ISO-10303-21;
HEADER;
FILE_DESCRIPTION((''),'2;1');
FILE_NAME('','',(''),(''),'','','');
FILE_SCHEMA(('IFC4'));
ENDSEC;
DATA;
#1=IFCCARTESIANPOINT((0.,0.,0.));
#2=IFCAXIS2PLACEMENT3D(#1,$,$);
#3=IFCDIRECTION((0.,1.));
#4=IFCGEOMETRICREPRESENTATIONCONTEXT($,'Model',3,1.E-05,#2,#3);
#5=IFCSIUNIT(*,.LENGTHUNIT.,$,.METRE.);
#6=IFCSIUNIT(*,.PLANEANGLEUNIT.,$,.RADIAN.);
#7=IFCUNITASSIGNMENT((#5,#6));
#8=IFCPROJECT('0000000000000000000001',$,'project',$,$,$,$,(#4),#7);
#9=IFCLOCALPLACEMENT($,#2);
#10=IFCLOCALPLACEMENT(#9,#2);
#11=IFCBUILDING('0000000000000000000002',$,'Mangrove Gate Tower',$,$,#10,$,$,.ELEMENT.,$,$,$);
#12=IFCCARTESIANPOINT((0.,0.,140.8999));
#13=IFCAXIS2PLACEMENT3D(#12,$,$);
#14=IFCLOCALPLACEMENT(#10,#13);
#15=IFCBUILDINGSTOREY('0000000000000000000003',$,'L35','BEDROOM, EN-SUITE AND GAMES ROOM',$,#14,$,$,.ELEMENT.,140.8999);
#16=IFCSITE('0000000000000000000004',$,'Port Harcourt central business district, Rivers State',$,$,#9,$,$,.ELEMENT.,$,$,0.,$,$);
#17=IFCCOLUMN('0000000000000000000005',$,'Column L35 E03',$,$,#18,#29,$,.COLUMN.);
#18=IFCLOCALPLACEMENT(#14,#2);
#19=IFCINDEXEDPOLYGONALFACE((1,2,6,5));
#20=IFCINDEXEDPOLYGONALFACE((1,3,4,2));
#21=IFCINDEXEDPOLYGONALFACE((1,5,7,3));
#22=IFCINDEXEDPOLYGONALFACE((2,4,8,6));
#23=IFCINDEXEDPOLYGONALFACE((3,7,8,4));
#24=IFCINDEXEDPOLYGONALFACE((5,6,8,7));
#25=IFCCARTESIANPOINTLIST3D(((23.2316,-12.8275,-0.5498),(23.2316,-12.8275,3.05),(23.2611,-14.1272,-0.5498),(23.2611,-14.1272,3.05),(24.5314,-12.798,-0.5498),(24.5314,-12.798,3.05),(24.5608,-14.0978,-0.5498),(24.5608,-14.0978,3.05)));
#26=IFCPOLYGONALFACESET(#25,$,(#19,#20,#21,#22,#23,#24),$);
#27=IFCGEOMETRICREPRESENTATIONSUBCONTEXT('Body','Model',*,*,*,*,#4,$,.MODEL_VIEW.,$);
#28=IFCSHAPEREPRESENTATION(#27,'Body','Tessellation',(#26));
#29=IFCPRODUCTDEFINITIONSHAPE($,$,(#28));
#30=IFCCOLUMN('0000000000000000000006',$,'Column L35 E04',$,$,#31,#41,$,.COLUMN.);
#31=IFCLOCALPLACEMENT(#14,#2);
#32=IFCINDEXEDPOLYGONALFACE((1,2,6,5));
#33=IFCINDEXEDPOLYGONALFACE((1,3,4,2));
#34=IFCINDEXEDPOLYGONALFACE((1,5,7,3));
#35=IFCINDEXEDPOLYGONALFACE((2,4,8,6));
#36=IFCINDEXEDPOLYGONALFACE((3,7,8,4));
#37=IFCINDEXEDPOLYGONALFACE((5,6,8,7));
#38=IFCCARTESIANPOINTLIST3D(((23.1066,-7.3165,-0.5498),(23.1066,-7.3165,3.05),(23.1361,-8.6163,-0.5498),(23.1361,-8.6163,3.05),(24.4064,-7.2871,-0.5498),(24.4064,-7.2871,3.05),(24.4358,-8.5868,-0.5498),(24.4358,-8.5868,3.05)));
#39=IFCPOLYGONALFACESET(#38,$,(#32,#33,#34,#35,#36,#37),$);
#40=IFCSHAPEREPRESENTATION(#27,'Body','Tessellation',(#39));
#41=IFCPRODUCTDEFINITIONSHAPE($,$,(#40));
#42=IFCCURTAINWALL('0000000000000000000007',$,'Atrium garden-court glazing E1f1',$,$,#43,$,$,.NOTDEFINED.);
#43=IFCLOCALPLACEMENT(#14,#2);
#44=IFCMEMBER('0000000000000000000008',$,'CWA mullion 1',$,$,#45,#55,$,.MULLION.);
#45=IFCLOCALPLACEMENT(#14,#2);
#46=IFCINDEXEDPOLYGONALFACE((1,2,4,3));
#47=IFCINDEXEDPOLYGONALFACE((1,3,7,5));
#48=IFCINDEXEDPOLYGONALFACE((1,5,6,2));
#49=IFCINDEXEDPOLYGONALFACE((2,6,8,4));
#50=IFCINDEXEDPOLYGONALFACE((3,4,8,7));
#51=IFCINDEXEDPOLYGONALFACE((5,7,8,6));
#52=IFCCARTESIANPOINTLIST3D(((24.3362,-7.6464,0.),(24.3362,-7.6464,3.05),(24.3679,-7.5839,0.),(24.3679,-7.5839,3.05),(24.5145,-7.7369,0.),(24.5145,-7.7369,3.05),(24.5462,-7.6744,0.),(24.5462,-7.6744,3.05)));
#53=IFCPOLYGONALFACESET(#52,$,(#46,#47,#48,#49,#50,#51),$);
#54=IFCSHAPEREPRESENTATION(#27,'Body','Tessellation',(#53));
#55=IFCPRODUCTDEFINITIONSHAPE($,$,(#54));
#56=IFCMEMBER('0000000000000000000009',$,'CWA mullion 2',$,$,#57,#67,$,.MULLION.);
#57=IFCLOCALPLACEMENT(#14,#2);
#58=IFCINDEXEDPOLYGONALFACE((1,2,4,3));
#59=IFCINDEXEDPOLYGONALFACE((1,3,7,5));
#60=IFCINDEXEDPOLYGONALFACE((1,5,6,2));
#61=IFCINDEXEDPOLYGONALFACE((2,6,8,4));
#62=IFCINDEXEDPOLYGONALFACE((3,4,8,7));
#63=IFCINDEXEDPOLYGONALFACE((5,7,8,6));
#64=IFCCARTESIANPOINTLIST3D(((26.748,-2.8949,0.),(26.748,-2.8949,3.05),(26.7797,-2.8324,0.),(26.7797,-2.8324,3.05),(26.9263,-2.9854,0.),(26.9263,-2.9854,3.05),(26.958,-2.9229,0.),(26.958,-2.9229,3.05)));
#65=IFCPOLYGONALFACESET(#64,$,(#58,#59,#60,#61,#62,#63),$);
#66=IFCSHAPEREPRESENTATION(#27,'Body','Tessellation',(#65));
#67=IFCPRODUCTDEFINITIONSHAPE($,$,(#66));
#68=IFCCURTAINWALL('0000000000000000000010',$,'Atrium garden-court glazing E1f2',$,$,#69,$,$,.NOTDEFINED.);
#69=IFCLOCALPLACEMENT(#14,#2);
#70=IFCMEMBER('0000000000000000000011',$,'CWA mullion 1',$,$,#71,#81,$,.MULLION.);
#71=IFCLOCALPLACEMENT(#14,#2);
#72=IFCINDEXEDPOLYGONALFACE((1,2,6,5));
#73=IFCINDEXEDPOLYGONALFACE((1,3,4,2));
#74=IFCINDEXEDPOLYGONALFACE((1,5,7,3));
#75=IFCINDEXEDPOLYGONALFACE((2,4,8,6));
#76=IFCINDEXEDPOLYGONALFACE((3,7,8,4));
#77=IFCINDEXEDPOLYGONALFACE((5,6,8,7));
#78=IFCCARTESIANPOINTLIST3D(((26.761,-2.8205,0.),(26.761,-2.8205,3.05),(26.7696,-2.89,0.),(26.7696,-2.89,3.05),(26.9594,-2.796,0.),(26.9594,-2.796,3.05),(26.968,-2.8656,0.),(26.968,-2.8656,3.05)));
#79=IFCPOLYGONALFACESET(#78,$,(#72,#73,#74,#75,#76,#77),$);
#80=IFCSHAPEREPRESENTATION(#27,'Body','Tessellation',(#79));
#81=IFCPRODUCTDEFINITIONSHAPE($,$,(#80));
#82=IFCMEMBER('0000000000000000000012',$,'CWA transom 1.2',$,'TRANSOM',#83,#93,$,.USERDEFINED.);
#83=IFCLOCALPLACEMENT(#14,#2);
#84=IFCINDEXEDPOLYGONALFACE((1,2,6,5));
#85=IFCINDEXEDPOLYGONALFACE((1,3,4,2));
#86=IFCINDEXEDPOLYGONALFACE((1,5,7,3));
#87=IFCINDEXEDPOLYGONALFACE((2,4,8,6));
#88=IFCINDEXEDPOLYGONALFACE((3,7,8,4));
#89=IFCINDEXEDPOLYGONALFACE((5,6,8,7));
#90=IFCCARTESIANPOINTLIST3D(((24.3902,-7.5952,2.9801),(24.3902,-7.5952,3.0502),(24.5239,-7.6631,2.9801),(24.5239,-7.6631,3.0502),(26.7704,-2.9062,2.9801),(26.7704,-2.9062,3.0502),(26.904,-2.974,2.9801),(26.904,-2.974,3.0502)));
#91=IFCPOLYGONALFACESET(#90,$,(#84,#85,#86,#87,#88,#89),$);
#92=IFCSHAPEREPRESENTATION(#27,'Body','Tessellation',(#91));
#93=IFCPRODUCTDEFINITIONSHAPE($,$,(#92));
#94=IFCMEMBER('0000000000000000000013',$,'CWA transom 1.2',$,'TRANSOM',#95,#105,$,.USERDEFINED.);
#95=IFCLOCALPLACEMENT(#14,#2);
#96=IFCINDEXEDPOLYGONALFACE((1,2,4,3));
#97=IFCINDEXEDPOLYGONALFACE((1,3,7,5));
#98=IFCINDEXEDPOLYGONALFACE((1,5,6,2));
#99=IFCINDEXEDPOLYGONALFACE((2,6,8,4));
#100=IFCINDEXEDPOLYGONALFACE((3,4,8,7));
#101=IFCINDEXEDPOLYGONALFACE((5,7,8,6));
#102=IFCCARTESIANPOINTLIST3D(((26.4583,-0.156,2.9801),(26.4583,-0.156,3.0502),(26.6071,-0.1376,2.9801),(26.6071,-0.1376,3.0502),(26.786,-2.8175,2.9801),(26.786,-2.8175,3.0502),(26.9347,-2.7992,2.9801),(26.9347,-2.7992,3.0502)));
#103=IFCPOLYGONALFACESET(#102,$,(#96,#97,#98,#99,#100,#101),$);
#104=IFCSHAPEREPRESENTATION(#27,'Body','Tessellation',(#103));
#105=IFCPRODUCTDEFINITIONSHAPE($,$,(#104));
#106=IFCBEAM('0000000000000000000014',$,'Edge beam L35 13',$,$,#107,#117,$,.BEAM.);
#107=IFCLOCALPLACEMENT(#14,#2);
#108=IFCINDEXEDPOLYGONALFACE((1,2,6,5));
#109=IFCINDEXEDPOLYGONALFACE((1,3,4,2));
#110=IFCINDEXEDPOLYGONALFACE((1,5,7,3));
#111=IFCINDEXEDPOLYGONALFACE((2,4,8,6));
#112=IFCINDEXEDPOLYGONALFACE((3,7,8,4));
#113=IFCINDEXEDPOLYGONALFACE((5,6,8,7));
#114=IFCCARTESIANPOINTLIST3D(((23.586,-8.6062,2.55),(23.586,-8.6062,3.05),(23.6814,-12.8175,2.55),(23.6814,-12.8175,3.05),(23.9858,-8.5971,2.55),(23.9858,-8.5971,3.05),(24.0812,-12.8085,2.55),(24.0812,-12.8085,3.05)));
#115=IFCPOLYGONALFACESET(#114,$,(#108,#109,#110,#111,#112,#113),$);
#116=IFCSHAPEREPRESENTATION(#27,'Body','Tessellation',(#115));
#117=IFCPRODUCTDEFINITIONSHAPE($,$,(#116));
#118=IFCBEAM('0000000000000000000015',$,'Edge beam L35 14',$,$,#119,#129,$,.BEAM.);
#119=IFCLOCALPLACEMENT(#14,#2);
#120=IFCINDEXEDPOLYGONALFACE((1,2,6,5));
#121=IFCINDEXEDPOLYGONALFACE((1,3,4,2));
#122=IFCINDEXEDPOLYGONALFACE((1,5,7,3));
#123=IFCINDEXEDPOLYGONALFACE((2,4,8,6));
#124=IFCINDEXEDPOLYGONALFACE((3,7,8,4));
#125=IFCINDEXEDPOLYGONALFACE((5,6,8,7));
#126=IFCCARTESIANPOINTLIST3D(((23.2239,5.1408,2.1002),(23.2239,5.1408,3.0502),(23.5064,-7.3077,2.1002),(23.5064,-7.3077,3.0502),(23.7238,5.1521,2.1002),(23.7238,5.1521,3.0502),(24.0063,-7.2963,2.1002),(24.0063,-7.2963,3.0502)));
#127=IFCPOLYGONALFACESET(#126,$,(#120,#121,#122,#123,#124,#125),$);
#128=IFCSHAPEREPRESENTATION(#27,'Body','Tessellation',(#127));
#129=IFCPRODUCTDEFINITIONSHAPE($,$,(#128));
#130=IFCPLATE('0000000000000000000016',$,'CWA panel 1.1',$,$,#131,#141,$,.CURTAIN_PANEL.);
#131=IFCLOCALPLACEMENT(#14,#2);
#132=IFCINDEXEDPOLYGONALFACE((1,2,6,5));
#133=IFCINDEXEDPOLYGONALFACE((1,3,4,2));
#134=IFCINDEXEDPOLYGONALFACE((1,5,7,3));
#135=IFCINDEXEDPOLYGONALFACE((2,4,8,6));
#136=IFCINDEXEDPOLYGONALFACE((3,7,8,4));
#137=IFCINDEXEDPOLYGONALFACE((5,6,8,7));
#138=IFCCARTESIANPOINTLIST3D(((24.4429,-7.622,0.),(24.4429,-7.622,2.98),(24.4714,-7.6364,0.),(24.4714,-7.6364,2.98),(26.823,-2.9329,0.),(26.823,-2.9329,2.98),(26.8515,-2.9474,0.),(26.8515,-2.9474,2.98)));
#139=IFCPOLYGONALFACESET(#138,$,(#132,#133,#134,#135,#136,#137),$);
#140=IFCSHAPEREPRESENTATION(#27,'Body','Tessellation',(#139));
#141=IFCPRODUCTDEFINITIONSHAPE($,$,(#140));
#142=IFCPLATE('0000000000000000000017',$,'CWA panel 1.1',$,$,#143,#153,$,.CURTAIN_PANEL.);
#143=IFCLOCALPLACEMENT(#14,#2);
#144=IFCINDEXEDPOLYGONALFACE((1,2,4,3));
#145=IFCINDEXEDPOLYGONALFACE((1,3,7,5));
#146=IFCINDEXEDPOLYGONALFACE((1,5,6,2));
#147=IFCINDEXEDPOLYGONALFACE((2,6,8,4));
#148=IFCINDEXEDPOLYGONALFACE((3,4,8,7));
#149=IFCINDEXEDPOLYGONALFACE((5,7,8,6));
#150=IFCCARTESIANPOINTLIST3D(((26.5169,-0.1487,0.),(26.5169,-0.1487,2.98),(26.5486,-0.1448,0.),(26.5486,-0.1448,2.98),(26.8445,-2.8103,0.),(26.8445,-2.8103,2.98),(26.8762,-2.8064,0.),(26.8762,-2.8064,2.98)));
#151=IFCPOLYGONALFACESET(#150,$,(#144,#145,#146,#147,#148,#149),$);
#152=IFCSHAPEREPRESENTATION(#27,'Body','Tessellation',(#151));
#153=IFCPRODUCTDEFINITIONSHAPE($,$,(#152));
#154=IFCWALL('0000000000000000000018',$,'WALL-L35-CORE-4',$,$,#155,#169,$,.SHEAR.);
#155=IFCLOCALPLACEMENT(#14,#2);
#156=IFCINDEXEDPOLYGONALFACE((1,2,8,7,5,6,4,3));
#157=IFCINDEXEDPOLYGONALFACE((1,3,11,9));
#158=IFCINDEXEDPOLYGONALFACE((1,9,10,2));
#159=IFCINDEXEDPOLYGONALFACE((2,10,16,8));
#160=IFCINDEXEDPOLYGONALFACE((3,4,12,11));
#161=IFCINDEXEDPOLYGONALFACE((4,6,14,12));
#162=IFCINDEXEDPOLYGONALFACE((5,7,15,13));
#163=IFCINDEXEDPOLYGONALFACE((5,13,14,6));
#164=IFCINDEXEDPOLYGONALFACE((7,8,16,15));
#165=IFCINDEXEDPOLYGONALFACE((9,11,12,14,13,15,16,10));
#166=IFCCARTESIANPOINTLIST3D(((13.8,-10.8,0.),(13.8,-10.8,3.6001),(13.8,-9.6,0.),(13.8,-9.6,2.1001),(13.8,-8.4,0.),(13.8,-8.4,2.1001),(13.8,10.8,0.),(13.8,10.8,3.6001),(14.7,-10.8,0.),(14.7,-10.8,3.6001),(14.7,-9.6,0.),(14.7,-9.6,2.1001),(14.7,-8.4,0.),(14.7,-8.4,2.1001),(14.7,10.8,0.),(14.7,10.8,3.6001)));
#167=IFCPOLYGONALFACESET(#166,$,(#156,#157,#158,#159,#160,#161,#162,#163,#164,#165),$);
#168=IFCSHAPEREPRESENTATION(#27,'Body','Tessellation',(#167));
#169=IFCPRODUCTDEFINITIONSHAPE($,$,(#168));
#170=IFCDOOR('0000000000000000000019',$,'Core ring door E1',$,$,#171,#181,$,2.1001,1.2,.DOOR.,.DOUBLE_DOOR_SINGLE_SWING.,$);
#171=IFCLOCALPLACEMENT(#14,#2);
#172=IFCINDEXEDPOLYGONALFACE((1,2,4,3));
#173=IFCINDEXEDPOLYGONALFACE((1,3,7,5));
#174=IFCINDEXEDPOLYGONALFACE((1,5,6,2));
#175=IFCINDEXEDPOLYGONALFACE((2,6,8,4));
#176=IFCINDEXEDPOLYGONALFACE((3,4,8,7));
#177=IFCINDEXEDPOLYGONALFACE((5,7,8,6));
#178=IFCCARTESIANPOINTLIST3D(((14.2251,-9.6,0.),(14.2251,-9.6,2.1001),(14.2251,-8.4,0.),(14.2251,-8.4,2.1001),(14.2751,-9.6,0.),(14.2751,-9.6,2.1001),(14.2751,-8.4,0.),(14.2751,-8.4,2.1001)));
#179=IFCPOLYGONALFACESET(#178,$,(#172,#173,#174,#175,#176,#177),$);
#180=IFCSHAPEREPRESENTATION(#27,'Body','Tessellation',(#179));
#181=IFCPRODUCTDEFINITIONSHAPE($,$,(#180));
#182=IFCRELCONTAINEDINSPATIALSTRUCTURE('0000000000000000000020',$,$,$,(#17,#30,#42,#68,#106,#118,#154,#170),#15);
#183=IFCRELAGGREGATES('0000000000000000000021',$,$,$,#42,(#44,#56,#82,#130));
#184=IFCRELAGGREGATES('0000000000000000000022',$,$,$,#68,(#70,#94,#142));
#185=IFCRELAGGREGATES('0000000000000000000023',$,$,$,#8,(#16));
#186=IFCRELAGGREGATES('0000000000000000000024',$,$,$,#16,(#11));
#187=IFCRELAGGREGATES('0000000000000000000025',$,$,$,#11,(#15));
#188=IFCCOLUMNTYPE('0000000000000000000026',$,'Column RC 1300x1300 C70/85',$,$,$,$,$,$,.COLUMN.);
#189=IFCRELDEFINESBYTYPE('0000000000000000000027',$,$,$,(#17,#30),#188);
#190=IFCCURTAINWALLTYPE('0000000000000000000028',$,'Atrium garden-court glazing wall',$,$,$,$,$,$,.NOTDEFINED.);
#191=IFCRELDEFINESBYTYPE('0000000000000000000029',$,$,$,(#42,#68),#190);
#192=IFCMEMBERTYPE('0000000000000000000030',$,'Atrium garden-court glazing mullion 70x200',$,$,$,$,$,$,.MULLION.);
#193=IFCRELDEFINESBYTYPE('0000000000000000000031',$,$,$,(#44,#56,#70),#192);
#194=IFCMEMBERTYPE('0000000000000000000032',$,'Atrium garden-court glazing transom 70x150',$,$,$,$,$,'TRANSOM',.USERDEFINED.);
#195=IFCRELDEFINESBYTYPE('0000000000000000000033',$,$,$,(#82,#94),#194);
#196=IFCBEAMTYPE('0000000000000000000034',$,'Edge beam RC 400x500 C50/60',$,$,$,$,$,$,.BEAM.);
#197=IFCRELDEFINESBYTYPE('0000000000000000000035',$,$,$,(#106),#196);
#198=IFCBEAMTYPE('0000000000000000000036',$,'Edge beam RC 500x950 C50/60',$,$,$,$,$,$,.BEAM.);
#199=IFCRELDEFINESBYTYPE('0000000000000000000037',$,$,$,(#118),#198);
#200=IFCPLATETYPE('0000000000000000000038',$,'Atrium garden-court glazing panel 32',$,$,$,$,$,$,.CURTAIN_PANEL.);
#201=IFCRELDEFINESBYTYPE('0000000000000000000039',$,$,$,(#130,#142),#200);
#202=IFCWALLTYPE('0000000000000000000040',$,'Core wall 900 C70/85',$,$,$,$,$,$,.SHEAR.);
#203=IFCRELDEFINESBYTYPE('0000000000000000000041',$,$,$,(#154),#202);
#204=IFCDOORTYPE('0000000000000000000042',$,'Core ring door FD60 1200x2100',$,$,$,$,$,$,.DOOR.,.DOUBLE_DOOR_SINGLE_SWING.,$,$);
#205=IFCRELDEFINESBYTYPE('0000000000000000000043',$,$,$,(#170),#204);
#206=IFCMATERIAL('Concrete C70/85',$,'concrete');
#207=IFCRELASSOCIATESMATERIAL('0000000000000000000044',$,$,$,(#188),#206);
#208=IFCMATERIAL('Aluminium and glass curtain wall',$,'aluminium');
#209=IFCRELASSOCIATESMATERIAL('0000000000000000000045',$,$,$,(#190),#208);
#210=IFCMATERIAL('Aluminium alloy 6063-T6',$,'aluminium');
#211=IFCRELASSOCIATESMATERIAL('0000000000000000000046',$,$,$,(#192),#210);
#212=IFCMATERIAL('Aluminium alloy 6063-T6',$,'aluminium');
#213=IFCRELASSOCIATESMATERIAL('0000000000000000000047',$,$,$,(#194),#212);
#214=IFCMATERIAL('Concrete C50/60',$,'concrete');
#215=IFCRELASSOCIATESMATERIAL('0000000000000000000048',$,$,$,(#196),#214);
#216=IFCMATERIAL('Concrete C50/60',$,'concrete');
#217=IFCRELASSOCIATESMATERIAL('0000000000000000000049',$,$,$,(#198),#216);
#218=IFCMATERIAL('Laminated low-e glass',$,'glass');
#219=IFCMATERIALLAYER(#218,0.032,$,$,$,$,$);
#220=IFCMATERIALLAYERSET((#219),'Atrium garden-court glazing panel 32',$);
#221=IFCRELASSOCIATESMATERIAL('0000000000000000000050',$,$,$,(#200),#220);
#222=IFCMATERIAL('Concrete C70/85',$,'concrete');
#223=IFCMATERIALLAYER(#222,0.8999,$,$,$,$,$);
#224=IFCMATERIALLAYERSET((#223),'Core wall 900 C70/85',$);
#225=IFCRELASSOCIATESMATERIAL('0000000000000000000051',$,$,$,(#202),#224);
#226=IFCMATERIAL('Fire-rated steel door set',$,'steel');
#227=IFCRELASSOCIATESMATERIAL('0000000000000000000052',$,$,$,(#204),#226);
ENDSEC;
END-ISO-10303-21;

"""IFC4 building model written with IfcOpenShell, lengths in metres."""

from ifc_helpers import new_model, si_unit, direction, frame, frame_2d, origin, origin_2d, place, context, subcontext, project, spatial, rectangle, extrude, material, layer, layer_set, material_profile, profile_set, type_object, element, fill, aggregate, save


model = new_model("IFC4")

# Units and contexts
model_context = context("Model", 3, precision=1e-05, world=origin(), true_north=direction((0.0, 1.0)))
body_context = subcontext(model_context, "Body", "Model", "MODEL_VIEW")
ifc_project = project(units=[si_unit("LENGTHUNIT", "METRE"), si_unit("PLANEANGLEUNIT", "RADIAN")], contexts=[model_context])

# Site, building, storey
site_placement = place(None, origin())
site = spatial("IfcSite", under=ifc_project, at=site_placement, Name="Port Harcourt central business district, Rivers State", CompositionType="ELEMENT", RefElevation=0.0)
building_placement = place(site_placement, origin())
building = spatial("IfcBuilding", under=site, at=building_placement, Name="Mangrove Gate Tower", CompositionType="ELEMENT")
storey_placement = place(building_placement, frame((0.0, 0.0, 140.8999)))
storey = spatial("IfcBuildingStorey", under=building, at=storey_placement, Name="L35", Description="BEDROOM, EN-SUITE AND GAMES ROOM", CompositionType="ELEMENT", Elevation=140.8999)

# Columns
ifc_material_1 = material(Name="Concrete C70/85", Category="concrete")
ifc_material_profile_1 = material_profile(ifc_material_1, rectangle(XDim=1.3, YDim=1.3, at=origin_2d()))
ifc_profile_set_1 = profile_set([ifc_material_profile_1], Name="Concrete C70/85")
column_type = type_object("IfcColumnType", Name="Column RC 1300x1300 C70/85", PredefinedType="COLUMN", material=ifc_profile_set_1)
for number, where, z_axis, x_axis, name in (
    (1, (23.8962, -13.4626, -0.5498), (0.0, 0.0, 1.0), (-0.022678, 0.999743, 0.0), "Column L35 E03"),
    (2, (23.7712, -7.9517, -0.5498), (0.0, 0.0, 1.0), (-0.022685, 0.999743, 0.0), "Column L35 E04"),
):
    element("IfcColumn", number, at=place(storey_placement, frame(where, z_axis=z_axis, x_axis=x_axis)), inside=storey, type_object=column_type, Name=name, PredefinedType="COLUMN", context=body_context, shape_type="SweptSolid", body=[
        extrude(rectangle(XDim=1.3, YDim=1.3, at=origin_2d()), origin(), (0.0, 0.0, 1.0), 3.5999),
    ])

# Curtain wall, members
ifc_material_2 = material(Name="Aluminium and glass curtain wall", Category="aluminium")
curtain_wall_type = type_object("IfcCurtainWallType", Name="Atrium garden-court glazing wall", PredefinedType="NOTDEFINED", material=ifc_material_2)
curtain_wall_1_placement = place(storey_placement, origin())
curtain_wall_1 = element("IfcCurtainWall", 3, at=curtain_wall_1_placement, inside=storey, type_object=curtain_wall_type, Name="Atrium garden-court glazing E1f1", PredefinedType="NOTDEFINED")
ifc_material_3 = material(Name="Aluminium alloy 6063-T6", Category="aluminium")
ifc_material_profile_2 = material_profile(ifc_material_3, rectangle(XDim=0.0701, YDim=0.2, at=origin_2d()))
ifc_profile_set_2 = profile_set([ifc_material_profile_2], Name="Aluminium alloy 6063-T6")
member_type_1 = type_object("IfcMemberType", Name="Atrium garden-court glazing mullion 70x200", PredefinedType="MULLION", material=ifc_profile_set_2)
member_1_placement = place(storey_placement, frame((24.4412, -7.6604, 0.0), z_axis=(0.0, 0.0, 1.0), x_axis=(0.452615, 0.891706, 0.0)))
member_1 = element("IfcMember", 4, at=member_1_placement, type_object=member_type_1, Name="CWA mullion 1", PredefinedType="MULLION", context=body_context, shape_type="SweptSolid", body=[
    extrude(rectangle(XDim=0.0701, YDim=0.2, at=origin_2d()), origin(), (0.0, 0.0, 1.0), 3.05),
])
member_2_placement = place(storey_placement, frame((26.853, -2.9089, 0.0), z_axis=(0.0, 0.0, 1.0), x_axis=(0.452615, 0.891706, 0.0)))
member_2 = element("IfcMember", 5, at=member_2_placement, type_object=member_type_1, Name="CWA mullion 2", PredefinedType="MULLION", context=body_context, shape_type="SweptSolid", body=[
    extrude(rectangle(XDim=0.0701, YDim=0.2, at=origin_2d()), origin(), (0.0, 0.0, 1.0), 3.05),
])

# Curtain wall, member
curtain_wall_2_placement = place(storey_placement, origin())
curtain_wall_2 = element("IfcCurtainWall", 6, at=curtain_wall_2_placement, inside=storey, type_object=curtain_wall_type, Name="Atrium garden-court glazing E1f2", PredefinedType="NOTDEFINED")
member_3_placement = place(storey_placement, frame((26.8645, -2.843, 0.0), z_axis=(0.0, 0.0, 1.0), x_axis=(-0.122172, 0.992509, 0.0)))
member_3 = element("IfcMember", 7, at=member_3_placement, type_object=member_type_1, Name="CWA mullion 1", PredefinedType="MULLION", context=body_context, shape_type="SweptSolid", body=[
    extrude(rectangle(XDim=0.0701, YDim=0.2, at=origin_2d()), origin(), (0.0, 0.0, 1.0), 3.05),
])

# Members
ifc_material_4 = material(Name="Aluminium alloy 6063-T6", Category="aluminium")
ifc_material_profile_3 = material_profile(ifc_material_4, rectangle(XDim=0.0701, YDim=0.1499, at=origin_2d()))
ifc_profile_set_3 = profile_set([ifc_material_profile_3], Name="Aluminium alloy 6063-T6")
member_type_2 = type_object("IfcMemberType", Name="Atrium garden-court glazing transom 70x150", ElementType="TRANSOM", PredefinedType="USERDEFINED", material=ifc_profile_set_3)
member_4_placement = place(storey_placement, frame((24.457, -7.6292, 3.0151), z_axis=(0.452628, 0.891699, 0.0), x_axis=(0.0, 0.0, 1.0)))
member_4 = element("IfcMember", 8, at=member_4_placement, type_object=member_type_2, Name="CWA transom 1.2", ObjectType="TRANSOM", PredefinedType="USERDEFINED", context=body_context, shape_type="SweptSolid", body=[
    extrude(rectangle(XDim=0.0701, YDim=0.1499, at=origin_2d()), origin(), (0.0, 0.0, 1.0), 5.2585),
])
member_5_placement = place(storey_placement, frame((26.8604, -2.8083, 3.0151), z_axis=(-0.122175, 0.992509, 0.0), x_axis=(0.0, 0.0, 1.0)))
member_5 = element("IfcMember", 9, at=member_5_placement, type_object=member_type_2, Name="CWA transom 1.2", ObjectType="TRANSOM", PredefinedType="USERDEFINED", context=body_context, shape_type="SweptSolid", body=[
    extrude(rectangle(XDim=0.0701, YDim=0.1499, at=origin_2d()), origin(), (0.0, 0.0, 1.0), 2.6816),
])

# Beams
ifc_material_5 = material(Name="Concrete C50/60", Category="concrete")
ifc_material_profile_4 = material_profile(ifc_material_5, rectangle(XDim=0.3999, YDim=0.5, at=origin_2d()))
ifc_profile_set_4 = profile_set([ifc_material_profile_4], Name="Concrete C50/60")
beam_type_1 = type_object("IfcBeamType", Name="Edge beam RC 400x500 C50/60", PredefinedType="BEAM", material=ifc_profile_set_4)
beam_1_placement = place(storey_placement, frame((23.8813, -12.813, 2.8), z_axis=(-0.022661, 0.999743, 0.0), x_axis=(-0.999743, -0.022661, 0.0)))
element("IfcBeam", 10, at=beam_1_placement, inside=storey, type_object=beam_type_1, Name="Edge beam L35 13", PredefinedType="BEAM", context=body_context, shape_type="SweptSolid", body=[
    extrude(rectangle(XDim=0.3999, YDim=0.5, at=origin_2d()), origin(), (0.0, 0.0, 1.0), 4.2124),
])
ifc_material_6 = material(Name="Concrete C50/60", Category="concrete")
ifc_material_profile_5 = material_profile(ifc_material_6, rectangle(XDim=0.5, YDim=0.95, at=origin_2d()))
ifc_profile_set_5 = profile_set([ifc_material_profile_5], Name="Concrete C50/60")
beam_type_2 = type_object("IfcBeamType", Name="Edge beam RC 500x950 C50/60", PredefinedType="BEAM", material=ifc_profile_set_5)
beam_2_placement = place(storey_placement, frame((23.7563, -7.302, 2.5752), z_axis=(-0.022685, 0.999743, 0.0), x_axis=(-0.999743, -0.022685, 0.0)))
element("IfcBeam", 11, at=beam_2_placement, inside=storey, type_object=beam_type_2, Name="Edge beam L35 14", PredefinedType="BEAM", context=body_context, shape_type="SweptSolid", body=[
    extrude(rectangle(XDim=0.5, YDim=0.95, at=origin_2d()), origin(), (0.0, 0.0, 1.0), 12.4517),
])

# Plates
ifc_material_7 = material(Name="Laminated low-e glass", Category="glass")
ifc_layer_1 = layer(ifc_material_7, 0.032)
ifc_layer_set_1 = layer_set([ifc_layer_1], Name="Atrium garden-court glazing panel 32")
plate_type = type_object("IfcPlateType", Name="Atrium garden-court glazing panel 32", PredefinedType="CURTAIN_PANEL", material=ifc_layer_set_1)
plate_1_placement = place(storey_placement, frame((25.6472, -5.2847, 0.0), z_axis=(0.0, 0.0, 1.0), x_axis=(0.452615, 0.891706, 0.0)))
plate_1 = element("IfcPlate", 12, at=plate_1_placement, type_object=plate_type, Name="CWA panel 1.1", PredefinedType="CURTAIN_PANEL", context=body_context, shape_type="SweptSolid", body=[
    extrude(rectangle(XDim=5.2585, YDim=0.032, at=origin_2d()), origin(), (0.0, 0.0, 1.0), 2.98),
])
aggregate(curtain_wall_1, [member_1, member_2, member_4, plate_1])
plate_2_placement = place(storey_placement, frame((26.6965, -1.4775, 0.0), z_axis=(0.0, 0.0, 1.0), x_axis=(-0.122172, 0.992509, 0.0)))
plate_2 = element("IfcPlate", 13, at=plate_2_placement, type_object=plate_type, Name="CWA panel 1.1", PredefinedType="CURTAIN_PANEL", context=body_context, shape_type="SweptSolid", body=[
    extrude(rectangle(XDim=2.6816, YDim=0.032, at=origin_2d()), origin(), (0.0, 0.0, 1.0), 2.98),
])
aggregate(curtain_wall_2, [member_3, member_5, plate_2])

# Wall, opening, door
ifc_material_8 = material(Name="Concrete C70/85", Category="concrete")
ifc_layer_2 = layer(ifc_material_8, 0.8999)
ifc_layer_set_2 = layer_set([ifc_layer_2], Name="Core wall 900 C70/85")
wall_type_1 = type_object("IfcWallType", Name="Core wall 900 C70/85", PredefinedType="SHEAR", material=ifc_layer_set_2)
wall_1_placement = place(storey_placement, frame((14.25, -10.8, 0.0), z_axis=(0.0, 0.0, 1.0), x_axis=(0.0, 1.0, 0.0)))
wall_1 = element("IfcWall", 14, at=wall_1_placement, inside=storey, type_object=wall_type_1, Name="WALL-L35-CORE-4", PredefinedType="SHEAR", context=body_context, shape_type="SweptSolid", body=[
    extrude(rectangle(XDim=21.6001, YDim=0.8999, at=frame_2d((10.8, 0.0))), origin(), (0.0, 0.0, 1.0), 3.6001),
])
opening_1_placement = place(wall_1_placement, frame((1.2, 0.0, 0.0)))
opening_1 = element("IfcOpeningElement", 15, at=opening_1_placement, cuts=wall_1, PredefinedType="OPENING", context=body_context, shape_type="SweptSolid", body=[
    extrude(rectangle(XDim=1.2, YDim=2.1001, at=frame_2d((0.6001, 1.05))), frame((0.0, 0.46, 0.0), z_axis=(0.0, -1.0, 0.0), x_axis=(1.0, 0.0, 0.0)), (0.0, 0.0, 1.0), 0.9199),
])
ifc_material_9 = material(Name="Fire-rated steel door set", Category="steel")
door_type_1 = type_object("IfcDoorType", Name="Core ring door FD60 1200x2100", OperationType="DOUBLE_DOOR_SINGLE_SWING", PredefinedType="DOOR", material=ifc_material_9)
door_1_placement = place(opening_1_placement, origin())
door_1 = element("IfcDoor", 16, at=door_1_placement, inside=storey, type_object=door_type_1, Name="Core ring door E1", OperationType="DOUBLE_DOOR_SINGLE_SWING", OverallHeight=2.1001, OverallWidth=1.2, PredefinedType="DOOR", context=body_context, shape_type="SweptSolid", body=[
    extrude(rectangle(XDim=1.2, YDim=2.1001, at=frame_2d((0.6001, 1.05))), frame((0.0, 0.0249, 0.0), z_axis=(0.0, -1.0, 0.0), x_axis=(1.0, 0.0, 0.0)), (0.0, 0.0, 1.0), 0.05),
])
fill(opening_1, door_1)

save(model, "model.ifc")
